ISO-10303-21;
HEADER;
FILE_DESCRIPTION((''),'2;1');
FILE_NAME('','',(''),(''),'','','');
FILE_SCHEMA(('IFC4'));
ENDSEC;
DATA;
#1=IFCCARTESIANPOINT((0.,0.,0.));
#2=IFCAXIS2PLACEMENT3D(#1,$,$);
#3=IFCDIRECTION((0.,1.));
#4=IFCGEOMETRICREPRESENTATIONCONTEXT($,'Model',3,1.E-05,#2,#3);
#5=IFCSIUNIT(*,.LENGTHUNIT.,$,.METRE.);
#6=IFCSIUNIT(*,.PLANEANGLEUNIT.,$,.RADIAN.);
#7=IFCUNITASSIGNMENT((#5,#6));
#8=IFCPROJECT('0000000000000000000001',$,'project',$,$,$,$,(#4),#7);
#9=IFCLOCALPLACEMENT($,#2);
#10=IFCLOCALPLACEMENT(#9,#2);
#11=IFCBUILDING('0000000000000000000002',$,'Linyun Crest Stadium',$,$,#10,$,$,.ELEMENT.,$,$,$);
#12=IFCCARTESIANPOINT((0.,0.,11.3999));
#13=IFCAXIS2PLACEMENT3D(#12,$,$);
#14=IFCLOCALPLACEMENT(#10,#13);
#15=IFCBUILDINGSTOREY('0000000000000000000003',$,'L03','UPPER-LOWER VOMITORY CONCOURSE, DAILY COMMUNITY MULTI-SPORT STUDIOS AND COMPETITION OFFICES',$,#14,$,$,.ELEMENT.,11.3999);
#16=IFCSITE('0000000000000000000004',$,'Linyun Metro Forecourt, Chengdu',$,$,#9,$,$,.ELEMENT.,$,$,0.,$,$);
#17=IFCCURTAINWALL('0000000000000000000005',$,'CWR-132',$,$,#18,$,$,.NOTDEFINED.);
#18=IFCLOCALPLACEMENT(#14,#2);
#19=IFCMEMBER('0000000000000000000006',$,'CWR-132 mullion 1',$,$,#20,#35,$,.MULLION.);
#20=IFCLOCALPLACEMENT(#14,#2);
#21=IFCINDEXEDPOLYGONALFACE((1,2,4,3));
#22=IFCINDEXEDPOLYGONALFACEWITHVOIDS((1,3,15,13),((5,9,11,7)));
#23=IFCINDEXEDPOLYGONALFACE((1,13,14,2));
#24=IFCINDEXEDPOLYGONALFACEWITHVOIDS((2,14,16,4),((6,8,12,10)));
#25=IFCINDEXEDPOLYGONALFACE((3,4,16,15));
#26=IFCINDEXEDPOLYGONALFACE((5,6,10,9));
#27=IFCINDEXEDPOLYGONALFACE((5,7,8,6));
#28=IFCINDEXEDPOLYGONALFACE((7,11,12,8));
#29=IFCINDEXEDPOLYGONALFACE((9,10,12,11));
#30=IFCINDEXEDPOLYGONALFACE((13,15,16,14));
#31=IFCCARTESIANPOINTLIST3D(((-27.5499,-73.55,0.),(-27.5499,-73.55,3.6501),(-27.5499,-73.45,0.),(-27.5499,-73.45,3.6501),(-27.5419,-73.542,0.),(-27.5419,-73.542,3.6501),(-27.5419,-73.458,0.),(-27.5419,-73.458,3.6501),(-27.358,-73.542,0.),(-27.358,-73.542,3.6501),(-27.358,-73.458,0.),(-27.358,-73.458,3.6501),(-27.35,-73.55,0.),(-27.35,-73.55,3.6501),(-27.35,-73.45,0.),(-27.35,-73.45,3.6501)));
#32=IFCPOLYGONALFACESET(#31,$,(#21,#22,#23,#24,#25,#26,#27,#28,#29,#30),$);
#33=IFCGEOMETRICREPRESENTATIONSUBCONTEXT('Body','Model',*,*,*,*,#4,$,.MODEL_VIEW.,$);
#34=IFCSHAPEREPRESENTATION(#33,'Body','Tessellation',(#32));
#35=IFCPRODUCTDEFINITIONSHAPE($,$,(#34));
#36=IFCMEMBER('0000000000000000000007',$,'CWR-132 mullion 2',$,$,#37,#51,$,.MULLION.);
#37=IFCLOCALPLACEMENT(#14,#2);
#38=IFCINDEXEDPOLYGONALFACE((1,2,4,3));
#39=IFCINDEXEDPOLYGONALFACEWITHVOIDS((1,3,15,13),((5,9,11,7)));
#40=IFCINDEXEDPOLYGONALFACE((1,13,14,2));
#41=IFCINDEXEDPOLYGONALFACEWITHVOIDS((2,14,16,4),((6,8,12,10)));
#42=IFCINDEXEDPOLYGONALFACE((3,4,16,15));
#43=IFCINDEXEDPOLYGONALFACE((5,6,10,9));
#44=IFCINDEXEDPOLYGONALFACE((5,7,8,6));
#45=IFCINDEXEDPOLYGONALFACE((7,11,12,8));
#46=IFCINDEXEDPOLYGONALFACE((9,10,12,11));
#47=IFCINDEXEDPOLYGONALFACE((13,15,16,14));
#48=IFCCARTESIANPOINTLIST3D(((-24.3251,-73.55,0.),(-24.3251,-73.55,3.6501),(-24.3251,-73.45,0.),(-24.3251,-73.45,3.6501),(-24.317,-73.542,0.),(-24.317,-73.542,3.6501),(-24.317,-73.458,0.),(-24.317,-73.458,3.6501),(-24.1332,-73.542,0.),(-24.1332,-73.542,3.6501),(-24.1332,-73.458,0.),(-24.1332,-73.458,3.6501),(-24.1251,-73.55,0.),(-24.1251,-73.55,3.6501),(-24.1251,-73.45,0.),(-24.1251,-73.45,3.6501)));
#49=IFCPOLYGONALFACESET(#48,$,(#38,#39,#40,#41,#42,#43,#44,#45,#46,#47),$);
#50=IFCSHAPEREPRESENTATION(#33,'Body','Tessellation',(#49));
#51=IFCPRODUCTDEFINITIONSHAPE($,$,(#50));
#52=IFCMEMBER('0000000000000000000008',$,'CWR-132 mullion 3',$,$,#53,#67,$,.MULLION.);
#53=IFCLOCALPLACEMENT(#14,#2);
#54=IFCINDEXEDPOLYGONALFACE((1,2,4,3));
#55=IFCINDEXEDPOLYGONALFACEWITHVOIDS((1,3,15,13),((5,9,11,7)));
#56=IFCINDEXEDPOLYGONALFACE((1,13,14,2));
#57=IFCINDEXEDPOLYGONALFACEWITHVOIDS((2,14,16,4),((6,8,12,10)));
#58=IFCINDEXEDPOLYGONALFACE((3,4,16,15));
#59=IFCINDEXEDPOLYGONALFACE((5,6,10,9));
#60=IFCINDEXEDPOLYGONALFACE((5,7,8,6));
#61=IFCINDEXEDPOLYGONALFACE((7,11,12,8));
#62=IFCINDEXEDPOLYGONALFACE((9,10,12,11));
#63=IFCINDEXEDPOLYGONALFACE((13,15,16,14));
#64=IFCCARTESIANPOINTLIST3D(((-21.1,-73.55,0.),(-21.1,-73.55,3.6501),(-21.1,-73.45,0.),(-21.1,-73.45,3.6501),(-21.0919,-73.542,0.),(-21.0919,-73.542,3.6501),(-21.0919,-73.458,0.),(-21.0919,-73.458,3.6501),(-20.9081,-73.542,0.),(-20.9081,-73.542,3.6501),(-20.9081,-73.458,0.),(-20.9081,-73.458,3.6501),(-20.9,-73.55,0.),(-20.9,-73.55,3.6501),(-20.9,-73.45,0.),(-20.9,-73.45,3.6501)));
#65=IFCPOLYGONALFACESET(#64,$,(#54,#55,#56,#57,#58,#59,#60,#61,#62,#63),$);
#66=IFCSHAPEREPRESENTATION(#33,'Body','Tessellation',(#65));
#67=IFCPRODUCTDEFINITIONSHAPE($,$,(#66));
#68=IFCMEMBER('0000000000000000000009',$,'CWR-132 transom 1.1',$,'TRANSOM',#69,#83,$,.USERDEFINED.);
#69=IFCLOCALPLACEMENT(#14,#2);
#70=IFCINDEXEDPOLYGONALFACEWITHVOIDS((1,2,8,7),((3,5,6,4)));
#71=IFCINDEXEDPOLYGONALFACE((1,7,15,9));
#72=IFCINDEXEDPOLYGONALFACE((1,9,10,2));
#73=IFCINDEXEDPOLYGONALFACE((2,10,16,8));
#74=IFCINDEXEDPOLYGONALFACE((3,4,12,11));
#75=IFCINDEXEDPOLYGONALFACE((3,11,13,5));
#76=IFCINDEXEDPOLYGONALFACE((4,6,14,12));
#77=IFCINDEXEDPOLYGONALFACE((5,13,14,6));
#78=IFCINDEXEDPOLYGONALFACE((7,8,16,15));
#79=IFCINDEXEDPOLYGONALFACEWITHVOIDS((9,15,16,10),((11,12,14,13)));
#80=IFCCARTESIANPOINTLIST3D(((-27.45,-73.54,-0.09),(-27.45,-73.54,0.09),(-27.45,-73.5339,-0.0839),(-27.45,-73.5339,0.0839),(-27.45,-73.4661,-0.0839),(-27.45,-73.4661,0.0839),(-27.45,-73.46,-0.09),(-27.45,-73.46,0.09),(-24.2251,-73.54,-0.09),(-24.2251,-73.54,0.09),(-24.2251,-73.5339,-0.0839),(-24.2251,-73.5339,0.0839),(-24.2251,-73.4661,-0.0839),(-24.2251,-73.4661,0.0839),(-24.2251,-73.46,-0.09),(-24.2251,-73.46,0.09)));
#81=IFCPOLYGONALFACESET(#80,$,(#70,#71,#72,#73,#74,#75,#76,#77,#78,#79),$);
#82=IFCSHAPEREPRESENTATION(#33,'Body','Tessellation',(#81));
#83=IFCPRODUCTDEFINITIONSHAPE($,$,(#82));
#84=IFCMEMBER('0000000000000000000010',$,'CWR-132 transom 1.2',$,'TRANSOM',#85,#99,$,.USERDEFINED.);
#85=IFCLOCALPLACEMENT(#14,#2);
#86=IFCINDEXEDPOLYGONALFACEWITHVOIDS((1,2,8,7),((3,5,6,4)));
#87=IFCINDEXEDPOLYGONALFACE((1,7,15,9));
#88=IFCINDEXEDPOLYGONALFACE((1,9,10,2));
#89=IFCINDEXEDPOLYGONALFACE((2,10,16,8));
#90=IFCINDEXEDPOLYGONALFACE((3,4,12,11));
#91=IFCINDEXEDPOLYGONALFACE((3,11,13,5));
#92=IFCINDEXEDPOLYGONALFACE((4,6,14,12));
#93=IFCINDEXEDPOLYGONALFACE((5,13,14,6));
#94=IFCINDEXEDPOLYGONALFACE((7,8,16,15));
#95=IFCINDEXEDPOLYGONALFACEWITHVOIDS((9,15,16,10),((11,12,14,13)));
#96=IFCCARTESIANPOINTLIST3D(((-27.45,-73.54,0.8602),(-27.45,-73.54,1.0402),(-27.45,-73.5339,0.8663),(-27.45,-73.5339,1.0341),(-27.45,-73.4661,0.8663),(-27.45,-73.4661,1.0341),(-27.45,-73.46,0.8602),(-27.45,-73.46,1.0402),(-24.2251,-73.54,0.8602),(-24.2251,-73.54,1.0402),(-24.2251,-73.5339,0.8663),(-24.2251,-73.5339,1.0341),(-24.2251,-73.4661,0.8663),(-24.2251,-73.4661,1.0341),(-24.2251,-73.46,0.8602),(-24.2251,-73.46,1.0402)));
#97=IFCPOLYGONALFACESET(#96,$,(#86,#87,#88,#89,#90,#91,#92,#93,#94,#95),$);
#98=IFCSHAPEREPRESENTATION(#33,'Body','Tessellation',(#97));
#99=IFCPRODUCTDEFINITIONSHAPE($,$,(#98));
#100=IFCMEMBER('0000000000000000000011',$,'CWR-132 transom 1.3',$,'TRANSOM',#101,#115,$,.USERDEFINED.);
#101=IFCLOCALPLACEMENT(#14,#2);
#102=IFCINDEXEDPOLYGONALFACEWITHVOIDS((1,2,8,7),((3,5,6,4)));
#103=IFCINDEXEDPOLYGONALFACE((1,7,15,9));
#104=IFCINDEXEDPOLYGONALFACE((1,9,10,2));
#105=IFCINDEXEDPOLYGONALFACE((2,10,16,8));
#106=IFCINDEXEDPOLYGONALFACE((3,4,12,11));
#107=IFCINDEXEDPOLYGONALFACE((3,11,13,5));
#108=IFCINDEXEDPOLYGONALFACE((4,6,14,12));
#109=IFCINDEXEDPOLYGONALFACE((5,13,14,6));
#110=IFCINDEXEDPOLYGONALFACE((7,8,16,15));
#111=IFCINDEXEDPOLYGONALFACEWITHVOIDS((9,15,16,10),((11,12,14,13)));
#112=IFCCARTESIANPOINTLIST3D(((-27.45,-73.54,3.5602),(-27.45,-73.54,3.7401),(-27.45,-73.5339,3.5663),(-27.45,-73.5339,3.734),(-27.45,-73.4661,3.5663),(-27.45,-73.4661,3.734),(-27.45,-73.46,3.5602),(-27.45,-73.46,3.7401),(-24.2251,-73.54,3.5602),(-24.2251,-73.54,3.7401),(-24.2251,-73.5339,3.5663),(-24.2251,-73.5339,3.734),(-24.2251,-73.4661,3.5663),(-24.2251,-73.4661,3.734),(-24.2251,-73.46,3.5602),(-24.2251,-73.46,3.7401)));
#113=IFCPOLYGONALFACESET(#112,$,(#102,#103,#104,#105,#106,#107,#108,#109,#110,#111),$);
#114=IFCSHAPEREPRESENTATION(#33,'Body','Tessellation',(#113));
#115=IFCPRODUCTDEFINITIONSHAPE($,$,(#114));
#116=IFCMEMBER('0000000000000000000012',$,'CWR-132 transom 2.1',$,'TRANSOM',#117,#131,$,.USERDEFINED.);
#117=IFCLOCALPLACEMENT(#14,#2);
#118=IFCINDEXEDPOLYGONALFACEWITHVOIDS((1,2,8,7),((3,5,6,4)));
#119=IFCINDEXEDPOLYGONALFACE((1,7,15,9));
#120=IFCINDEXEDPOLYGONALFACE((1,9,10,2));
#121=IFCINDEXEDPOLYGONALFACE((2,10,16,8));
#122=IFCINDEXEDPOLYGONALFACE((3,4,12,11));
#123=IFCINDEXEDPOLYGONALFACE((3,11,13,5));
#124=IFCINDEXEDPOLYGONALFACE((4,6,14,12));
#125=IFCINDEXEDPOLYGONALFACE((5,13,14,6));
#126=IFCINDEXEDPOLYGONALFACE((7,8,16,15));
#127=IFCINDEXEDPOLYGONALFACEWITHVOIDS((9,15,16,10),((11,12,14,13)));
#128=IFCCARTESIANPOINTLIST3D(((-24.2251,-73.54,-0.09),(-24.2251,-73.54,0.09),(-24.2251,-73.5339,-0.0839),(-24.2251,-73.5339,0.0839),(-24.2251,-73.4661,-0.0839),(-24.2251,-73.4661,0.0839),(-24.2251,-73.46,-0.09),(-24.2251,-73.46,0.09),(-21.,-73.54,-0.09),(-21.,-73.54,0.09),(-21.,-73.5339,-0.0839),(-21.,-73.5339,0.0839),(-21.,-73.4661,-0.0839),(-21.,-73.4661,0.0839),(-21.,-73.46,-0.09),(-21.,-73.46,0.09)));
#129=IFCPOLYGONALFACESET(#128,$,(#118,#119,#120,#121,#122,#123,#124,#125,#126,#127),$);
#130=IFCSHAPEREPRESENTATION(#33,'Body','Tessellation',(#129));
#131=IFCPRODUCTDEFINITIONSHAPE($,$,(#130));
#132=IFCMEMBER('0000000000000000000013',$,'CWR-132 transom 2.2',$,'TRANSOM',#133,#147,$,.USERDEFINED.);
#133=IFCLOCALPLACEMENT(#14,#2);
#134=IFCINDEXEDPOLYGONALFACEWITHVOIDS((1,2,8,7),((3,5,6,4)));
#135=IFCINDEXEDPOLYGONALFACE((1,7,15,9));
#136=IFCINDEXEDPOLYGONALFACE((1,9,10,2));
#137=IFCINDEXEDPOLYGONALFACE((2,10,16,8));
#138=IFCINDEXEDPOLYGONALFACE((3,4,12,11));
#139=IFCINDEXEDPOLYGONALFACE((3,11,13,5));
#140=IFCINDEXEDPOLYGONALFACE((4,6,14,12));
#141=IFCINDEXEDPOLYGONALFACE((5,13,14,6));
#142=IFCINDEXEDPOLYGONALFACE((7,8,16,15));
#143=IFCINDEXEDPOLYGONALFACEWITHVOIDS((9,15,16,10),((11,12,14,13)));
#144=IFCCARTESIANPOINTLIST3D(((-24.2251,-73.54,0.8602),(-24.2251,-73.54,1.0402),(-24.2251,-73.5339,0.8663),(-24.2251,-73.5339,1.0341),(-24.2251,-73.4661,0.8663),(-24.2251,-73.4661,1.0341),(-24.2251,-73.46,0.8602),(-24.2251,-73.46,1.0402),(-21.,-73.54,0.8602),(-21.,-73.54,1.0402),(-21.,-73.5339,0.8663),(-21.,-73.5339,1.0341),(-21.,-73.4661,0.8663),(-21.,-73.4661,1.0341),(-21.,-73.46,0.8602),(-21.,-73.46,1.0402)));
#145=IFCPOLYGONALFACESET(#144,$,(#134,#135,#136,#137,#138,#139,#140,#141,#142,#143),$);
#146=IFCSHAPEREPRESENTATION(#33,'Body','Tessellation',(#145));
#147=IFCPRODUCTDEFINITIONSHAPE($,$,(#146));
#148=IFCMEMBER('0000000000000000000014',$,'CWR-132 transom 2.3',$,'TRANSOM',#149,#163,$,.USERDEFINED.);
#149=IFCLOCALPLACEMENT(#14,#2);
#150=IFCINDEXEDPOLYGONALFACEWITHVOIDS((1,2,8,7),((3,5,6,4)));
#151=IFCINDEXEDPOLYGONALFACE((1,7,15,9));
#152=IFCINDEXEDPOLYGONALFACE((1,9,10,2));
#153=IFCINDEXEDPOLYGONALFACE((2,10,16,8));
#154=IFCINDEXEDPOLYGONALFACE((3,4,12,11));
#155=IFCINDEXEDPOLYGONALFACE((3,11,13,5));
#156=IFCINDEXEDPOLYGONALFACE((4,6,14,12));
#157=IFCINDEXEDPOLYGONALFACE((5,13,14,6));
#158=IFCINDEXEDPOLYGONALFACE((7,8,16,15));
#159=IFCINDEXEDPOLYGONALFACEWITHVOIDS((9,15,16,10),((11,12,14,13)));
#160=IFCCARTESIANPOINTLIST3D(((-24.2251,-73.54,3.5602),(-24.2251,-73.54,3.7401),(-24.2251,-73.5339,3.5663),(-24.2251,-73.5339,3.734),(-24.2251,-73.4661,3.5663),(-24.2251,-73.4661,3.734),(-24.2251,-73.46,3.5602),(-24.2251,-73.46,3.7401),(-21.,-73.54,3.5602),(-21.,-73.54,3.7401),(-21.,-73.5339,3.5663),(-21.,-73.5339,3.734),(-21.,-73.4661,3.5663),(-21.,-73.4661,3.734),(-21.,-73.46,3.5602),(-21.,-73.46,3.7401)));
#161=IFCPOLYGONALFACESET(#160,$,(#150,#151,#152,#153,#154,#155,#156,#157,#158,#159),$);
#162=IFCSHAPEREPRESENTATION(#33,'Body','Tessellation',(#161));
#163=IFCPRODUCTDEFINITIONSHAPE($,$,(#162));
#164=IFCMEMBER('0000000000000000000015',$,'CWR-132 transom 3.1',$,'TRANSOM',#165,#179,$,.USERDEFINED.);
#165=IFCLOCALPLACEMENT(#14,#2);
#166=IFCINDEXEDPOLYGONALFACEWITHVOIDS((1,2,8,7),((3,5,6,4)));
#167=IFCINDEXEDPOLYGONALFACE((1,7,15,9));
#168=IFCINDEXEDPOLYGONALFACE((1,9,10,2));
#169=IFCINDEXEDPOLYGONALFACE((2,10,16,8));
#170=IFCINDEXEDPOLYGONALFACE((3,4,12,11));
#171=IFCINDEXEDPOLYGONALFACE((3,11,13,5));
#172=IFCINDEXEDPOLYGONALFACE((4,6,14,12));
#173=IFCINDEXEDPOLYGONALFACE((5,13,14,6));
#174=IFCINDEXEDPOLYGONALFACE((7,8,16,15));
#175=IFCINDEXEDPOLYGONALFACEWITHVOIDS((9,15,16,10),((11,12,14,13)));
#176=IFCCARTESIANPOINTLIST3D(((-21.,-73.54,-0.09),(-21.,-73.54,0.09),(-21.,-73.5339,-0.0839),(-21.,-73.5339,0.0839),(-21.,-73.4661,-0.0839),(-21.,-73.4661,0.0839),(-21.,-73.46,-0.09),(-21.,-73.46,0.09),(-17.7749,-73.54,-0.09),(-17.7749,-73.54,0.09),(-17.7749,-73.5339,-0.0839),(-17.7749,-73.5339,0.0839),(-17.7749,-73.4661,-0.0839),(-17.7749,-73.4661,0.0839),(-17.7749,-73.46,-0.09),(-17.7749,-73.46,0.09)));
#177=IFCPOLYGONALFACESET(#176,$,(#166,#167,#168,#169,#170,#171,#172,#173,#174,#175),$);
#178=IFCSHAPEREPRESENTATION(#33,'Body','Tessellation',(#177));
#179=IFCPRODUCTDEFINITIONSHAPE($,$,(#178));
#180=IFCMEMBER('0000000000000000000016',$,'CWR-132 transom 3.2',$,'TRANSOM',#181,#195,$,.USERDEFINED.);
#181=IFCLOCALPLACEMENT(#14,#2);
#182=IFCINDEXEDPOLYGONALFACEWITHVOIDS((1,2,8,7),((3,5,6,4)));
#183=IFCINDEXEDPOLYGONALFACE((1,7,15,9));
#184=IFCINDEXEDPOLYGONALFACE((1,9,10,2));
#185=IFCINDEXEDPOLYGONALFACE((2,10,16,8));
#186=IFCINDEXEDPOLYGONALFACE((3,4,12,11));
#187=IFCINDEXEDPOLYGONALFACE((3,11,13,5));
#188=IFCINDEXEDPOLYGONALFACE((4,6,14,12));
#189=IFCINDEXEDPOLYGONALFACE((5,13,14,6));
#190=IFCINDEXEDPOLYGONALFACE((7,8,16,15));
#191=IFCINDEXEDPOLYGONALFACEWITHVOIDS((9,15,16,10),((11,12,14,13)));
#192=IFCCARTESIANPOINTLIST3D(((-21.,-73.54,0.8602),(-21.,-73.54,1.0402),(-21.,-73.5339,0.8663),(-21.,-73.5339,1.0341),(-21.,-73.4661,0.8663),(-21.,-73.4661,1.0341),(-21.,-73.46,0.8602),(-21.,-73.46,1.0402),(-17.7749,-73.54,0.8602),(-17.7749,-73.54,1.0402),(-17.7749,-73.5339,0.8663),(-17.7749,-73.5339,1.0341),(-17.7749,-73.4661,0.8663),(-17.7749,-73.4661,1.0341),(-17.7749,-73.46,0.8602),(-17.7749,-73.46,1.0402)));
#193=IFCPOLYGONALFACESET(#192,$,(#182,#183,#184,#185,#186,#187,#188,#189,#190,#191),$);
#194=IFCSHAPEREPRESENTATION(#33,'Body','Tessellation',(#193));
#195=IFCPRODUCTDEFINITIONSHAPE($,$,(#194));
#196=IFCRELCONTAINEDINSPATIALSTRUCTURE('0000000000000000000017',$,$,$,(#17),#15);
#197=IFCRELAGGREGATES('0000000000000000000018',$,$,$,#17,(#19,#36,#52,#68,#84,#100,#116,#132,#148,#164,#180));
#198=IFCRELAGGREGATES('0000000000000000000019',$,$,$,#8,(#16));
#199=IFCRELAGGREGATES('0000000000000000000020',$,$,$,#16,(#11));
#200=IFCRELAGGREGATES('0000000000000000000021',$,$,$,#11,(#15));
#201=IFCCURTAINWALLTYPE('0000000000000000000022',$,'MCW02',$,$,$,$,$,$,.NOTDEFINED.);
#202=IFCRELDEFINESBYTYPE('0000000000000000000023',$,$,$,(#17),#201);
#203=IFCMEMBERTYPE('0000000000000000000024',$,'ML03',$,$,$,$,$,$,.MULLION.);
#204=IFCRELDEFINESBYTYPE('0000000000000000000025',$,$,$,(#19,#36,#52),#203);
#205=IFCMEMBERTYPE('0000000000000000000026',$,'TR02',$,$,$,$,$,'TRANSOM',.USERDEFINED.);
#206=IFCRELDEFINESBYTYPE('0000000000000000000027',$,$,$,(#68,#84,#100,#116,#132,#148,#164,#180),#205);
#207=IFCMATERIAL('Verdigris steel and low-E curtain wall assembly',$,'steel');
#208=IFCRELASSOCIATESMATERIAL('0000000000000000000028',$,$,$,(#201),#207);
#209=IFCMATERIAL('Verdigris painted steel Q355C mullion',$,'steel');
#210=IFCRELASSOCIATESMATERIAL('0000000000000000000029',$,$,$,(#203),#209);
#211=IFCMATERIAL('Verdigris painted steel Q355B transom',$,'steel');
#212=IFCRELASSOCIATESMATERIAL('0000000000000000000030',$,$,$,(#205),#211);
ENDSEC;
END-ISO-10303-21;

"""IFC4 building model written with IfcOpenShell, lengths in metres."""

from ifc_helpers import new_model, si_unit, direction, frame, origin, origin_2d, place, context, subcontext, project, spatial, hollow_rectangle, extrude, material, material_profile, profile_set, type_object, element, aggregate, save


model = new_model("IFC4")

# Units and contexts
model_context = context("Model", 3, precision=1e-05, world=origin(), true_north=direction((0.0, 1.0)))
body_context = subcontext(model_context, "Body", "Model", "MODEL_VIEW")
ifc_project = project(units=[si_unit("LENGTHUNIT", "METRE"), si_unit("PLANEANGLEUNIT", "RADIAN")], contexts=[model_context])

# Site, building, storey
site_placement = place(None, origin())
site = spatial("IfcSite", under=ifc_project, at=site_placement, Name="Linyun Metro Forecourt, Chengdu", CompositionType="ELEMENT", RefElevation=0.0)
building_placement = place(site_placement, origin())
building = spatial("IfcBuilding", under=site, at=building_placement, Name="Linyun Crest Stadium", CompositionType="ELEMENT")
storey_placement = place(building_placement, frame((0.0, 0.0, 11.3999)))
storey = spatial("IfcBuildingStorey", under=building, at=storey_placement, Name="L03", Description="UPPER-LOWER VOMITORY CONCOURSE, DAILY COMMUNITY MULTI-SPORT STUDIOS AND COMPETITION OFFICES", CompositionType="ELEMENT", Elevation=11.3999)

# Curtain wall, members
ifc_material_1 = material(Name="Verdigris steel and low-E curtain wall assembly", Category="steel")
curtain_wall_type = type_object("IfcCurtainWallType", Name="MCW02", PredefinedType="NOTDEFINED", material=ifc_material_1)
curtain_wall_placement = place(storey_placement, origin())
curtain_wall = element("IfcCurtainWall", 1, at=curtain_wall_placement, inside=storey, type_object=curtain_wall_type, Name="CWR-132", PredefinedType="NOTDEFINED")
ifc_material_2 = material(Name="Verdigris painted steel Q355C mullion", Category="steel")
ifc_material_profile_1 = material_profile(ifc_material_2, hollow_rectangle(XDim=0.1001, YDim=0.2, WallThickness=0.0081, at=origin_2d()), Name="RHS 200x100x8")
ifc_profile_set_1 = profile_set([ifc_material_profile_1], Name="Verdigris painted steel Q355C mullion")
member_type_1 = type_object("IfcMemberType", Name="ML03", PredefinedType="MULLION", material=ifc_profile_set_1)
member_1_placement = place(storey_placement, frame((-27.45, -73.5, 0.0), z_axis=(0.0, 0.0, 1.0), x_axis=(0.0, 1.0, 0.0)))
member_1 = element("IfcMember", 2, at=member_1_placement, type_object=member_type_1, Name="CWR-132 mullion 1", PredefinedType="MULLION", context=body_context, shape_type="SweptSolid", body=[
    extrude(hollow_rectangle(XDim=0.1001, YDim=0.2, WallThickness=0.0081, at=origin_2d()), origin(), (0.0, 0.0, 1.0), 3.6501),
])
member_2_placement = place(storey_placement, frame((-24.2251, -73.5, 0.0), z_axis=(0.0, 0.0, 1.0), x_axis=(0.0, 1.0, 0.0)))
member_2 = element("IfcMember", 3, at=member_2_placement, type_object=member_type_1, Name="CWR-132 mullion 2", PredefinedType="MULLION", context=body_context, shape_type="SweptSolid", body=[
    extrude(hollow_rectangle(XDim=0.1001, YDim=0.2, WallThickness=0.0081, at=origin_2d()), origin(), (0.0, 0.0, 1.0), 3.6501),
])
member_3_placement = place(storey_placement, frame((-21.0, -73.5, 0.0), z_axis=(0.0, 0.0, 1.0), x_axis=(0.0, 1.0, 0.0)))
member_3 = element("IfcMember", 4, at=member_3_placement, type_object=member_type_1, Name="CWR-132 mullion 3", PredefinedType="MULLION", context=body_context, shape_type="SweptSolid", body=[
    extrude(hollow_rectangle(XDim=0.1001, YDim=0.2, WallThickness=0.0081, at=origin_2d()), origin(), (0.0, 0.0, 1.0), 3.6501),
])
ifc_material_3 = material(Name="Verdigris painted steel Q355B transom", Category="steel")
ifc_material_profile_2 = material_profile(ifc_material_3, hollow_rectangle(XDim=0.0801, YDim=0.1799, WallThickness=0.0061, at=origin_2d()), Name="RHS 180x80x6")
ifc_profile_set_2 = profile_set([ifc_material_profile_2], Name="Verdigris painted steel Q355B transom")
member_type_2 = type_object("IfcMemberType", Name="TR02", ElementType="TRANSOM", PredefinedType="USERDEFINED", material=ifc_profile_set_2)
member_4_placement = place(storey_placement, frame((-27.45, -73.5, 0.0), z_axis=(1.0, 0.0, 0.0), x_axis=(0.0, 1.0, 0.0)))
member_4 = element("IfcMember", 5, at=member_4_placement, type_object=member_type_2, Name="CWR-132 transom 1.1", ObjectType="TRANSOM", PredefinedType="USERDEFINED", context=body_context, shape_type="SweptSolid", body=[
    extrude(hollow_rectangle(XDim=0.0801, YDim=0.1799, WallThickness=0.0061, at=origin_2d()), origin(), (0.0, 0.0, 1.0), 3.2249),
])
member_5_placement = place(storey_placement, frame((-27.45, -73.5, 0.9502), z_axis=(1.0, 0.0, 0.0), x_axis=(0.0, 1.0, 0.0)))
member_5 = element("IfcMember", 6, at=member_5_placement, type_object=member_type_2, Name="CWR-132 transom 1.2", ObjectType="TRANSOM", PredefinedType="USERDEFINED", context=body_context, shape_type="SweptSolid", body=[
    extrude(hollow_rectangle(XDim=0.0801, YDim=0.1799, WallThickness=0.0061, at=origin_2d()), origin(), (0.0, 0.0, 1.0), 3.2249),
])
member_6_placement = place(storey_placement, frame((-27.45, -73.5, 3.6501), z_axis=(1.0, 0.0, 0.0), x_axis=(0.0, 1.0, 0.0)))
member_6 = element("IfcMember", 7, at=member_6_placement, type_object=member_type_2, Name="CWR-132 transom 1.3", ObjectType="TRANSOM", PredefinedType="USERDEFINED", context=body_context, shape_type="SweptSolid", body=[
    extrude(hollow_rectangle(XDim=0.0801, YDim=0.1799, WallThickness=0.0061, at=origin_2d()), origin(), (0.0, 0.0, 1.0), 3.2249),
])
member_7_placement = place(storey_placement, frame((-24.2251, -73.5, 0.0), z_axis=(1.0, 0.0, 0.0), x_axis=(0.0, 1.0, 0.0)))
member_7 = element("IfcMember", 8, at=member_7_placement, type_object=member_type_2, Name="CWR-132 transom 2.1", ObjectType="TRANSOM", PredefinedType="USERDEFINED", context=body_context, shape_type="SweptSolid", body=[
    extrude(hollow_rectangle(XDim=0.0801, YDim=0.1799, WallThickness=0.0061, at=origin_2d()), origin(), (0.0, 0.0, 1.0), 3.2251),
])
member_8_placement = place(storey_placement, frame((-24.2251, -73.5, 0.9502), z_axis=(1.0, 0.0, 0.0), x_axis=(0.0, 1.0, 0.0)))
member_8 = element("IfcMember", 9, at=member_8_placement, type_object=member_type_2, Name="CWR-132 transom 2.2", ObjectType="TRANSOM", PredefinedType="USERDEFINED", context=body_context, shape_type="SweptSolid", body=[
    extrude(hollow_rectangle(XDim=0.0801, YDim=0.1799, WallThickness=0.0061, at=origin_2d()), origin(), (0.0, 0.0, 1.0), 3.2251),
])
member_9_placement = place(storey_placement, frame((-24.2251, -73.5, 3.6501), z_axis=(1.0, 0.0, 0.0), x_axis=(0.0, 1.0, 0.0)))
member_9 = element("IfcMember", 10, at=member_9_placement, type_object=member_type_2, Name="CWR-132 transom 2.3", ObjectType="TRANSOM", PredefinedType="USERDEFINED", context=body_context, shape_type="SweptSolid", body=[
    extrude(hollow_rectangle(XDim=0.0801, YDim=0.1799, WallThickness=0.0061, at=origin_2d()), origin(), (0.0, 0.0, 1.0), 3.2251),
])
member_10_placement = place(storey_placement, frame((-21.0, -73.5, 0.0), z_axis=(1.0, 0.0, 0.0), x_axis=(0.0, 1.0, 0.0)))
member_10 = element("IfcMember", 11, at=member_10_placement, type_object=member_type_2, Name="CWR-132 transom 3.1", ObjectType="TRANSOM", PredefinedType="USERDEFINED", context=body_context, shape_type="SweptSolid", body=[
    extrude(hollow_rectangle(XDim=0.0801, YDim=0.1799, WallThickness=0.0061, at=origin_2d()), origin(), (0.0, 0.0, 1.0), 3.2251),
])
member_11_placement = place(storey_placement, frame((-21.0, -73.5, 0.9502), z_axis=(1.0, 0.0, 0.0), x_axis=(0.0, 1.0, 0.0)))
member_11 = element("IfcMember", 12, at=member_11_placement, type_object=member_type_2, Name="CWR-132 transom 3.2", ObjectType="TRANSOM", PredefinedType="USERDEFINED", context=body_context, shape_type="SweptSolid", body=[
    extrude(hollow_rectangle(XDim=0.0801, YDim=0.1799, WallThickness=0.0061, at=origin_2d()), origin(), (0.0, 0.0, 1.0), 3.2251),
])
aggregate(curtain_wall, [member_1, member_2, member_3, member_4, member_5, member_6, member_7, member_8, member_9, member_10, member_11])

save(model, "model.ifc")
